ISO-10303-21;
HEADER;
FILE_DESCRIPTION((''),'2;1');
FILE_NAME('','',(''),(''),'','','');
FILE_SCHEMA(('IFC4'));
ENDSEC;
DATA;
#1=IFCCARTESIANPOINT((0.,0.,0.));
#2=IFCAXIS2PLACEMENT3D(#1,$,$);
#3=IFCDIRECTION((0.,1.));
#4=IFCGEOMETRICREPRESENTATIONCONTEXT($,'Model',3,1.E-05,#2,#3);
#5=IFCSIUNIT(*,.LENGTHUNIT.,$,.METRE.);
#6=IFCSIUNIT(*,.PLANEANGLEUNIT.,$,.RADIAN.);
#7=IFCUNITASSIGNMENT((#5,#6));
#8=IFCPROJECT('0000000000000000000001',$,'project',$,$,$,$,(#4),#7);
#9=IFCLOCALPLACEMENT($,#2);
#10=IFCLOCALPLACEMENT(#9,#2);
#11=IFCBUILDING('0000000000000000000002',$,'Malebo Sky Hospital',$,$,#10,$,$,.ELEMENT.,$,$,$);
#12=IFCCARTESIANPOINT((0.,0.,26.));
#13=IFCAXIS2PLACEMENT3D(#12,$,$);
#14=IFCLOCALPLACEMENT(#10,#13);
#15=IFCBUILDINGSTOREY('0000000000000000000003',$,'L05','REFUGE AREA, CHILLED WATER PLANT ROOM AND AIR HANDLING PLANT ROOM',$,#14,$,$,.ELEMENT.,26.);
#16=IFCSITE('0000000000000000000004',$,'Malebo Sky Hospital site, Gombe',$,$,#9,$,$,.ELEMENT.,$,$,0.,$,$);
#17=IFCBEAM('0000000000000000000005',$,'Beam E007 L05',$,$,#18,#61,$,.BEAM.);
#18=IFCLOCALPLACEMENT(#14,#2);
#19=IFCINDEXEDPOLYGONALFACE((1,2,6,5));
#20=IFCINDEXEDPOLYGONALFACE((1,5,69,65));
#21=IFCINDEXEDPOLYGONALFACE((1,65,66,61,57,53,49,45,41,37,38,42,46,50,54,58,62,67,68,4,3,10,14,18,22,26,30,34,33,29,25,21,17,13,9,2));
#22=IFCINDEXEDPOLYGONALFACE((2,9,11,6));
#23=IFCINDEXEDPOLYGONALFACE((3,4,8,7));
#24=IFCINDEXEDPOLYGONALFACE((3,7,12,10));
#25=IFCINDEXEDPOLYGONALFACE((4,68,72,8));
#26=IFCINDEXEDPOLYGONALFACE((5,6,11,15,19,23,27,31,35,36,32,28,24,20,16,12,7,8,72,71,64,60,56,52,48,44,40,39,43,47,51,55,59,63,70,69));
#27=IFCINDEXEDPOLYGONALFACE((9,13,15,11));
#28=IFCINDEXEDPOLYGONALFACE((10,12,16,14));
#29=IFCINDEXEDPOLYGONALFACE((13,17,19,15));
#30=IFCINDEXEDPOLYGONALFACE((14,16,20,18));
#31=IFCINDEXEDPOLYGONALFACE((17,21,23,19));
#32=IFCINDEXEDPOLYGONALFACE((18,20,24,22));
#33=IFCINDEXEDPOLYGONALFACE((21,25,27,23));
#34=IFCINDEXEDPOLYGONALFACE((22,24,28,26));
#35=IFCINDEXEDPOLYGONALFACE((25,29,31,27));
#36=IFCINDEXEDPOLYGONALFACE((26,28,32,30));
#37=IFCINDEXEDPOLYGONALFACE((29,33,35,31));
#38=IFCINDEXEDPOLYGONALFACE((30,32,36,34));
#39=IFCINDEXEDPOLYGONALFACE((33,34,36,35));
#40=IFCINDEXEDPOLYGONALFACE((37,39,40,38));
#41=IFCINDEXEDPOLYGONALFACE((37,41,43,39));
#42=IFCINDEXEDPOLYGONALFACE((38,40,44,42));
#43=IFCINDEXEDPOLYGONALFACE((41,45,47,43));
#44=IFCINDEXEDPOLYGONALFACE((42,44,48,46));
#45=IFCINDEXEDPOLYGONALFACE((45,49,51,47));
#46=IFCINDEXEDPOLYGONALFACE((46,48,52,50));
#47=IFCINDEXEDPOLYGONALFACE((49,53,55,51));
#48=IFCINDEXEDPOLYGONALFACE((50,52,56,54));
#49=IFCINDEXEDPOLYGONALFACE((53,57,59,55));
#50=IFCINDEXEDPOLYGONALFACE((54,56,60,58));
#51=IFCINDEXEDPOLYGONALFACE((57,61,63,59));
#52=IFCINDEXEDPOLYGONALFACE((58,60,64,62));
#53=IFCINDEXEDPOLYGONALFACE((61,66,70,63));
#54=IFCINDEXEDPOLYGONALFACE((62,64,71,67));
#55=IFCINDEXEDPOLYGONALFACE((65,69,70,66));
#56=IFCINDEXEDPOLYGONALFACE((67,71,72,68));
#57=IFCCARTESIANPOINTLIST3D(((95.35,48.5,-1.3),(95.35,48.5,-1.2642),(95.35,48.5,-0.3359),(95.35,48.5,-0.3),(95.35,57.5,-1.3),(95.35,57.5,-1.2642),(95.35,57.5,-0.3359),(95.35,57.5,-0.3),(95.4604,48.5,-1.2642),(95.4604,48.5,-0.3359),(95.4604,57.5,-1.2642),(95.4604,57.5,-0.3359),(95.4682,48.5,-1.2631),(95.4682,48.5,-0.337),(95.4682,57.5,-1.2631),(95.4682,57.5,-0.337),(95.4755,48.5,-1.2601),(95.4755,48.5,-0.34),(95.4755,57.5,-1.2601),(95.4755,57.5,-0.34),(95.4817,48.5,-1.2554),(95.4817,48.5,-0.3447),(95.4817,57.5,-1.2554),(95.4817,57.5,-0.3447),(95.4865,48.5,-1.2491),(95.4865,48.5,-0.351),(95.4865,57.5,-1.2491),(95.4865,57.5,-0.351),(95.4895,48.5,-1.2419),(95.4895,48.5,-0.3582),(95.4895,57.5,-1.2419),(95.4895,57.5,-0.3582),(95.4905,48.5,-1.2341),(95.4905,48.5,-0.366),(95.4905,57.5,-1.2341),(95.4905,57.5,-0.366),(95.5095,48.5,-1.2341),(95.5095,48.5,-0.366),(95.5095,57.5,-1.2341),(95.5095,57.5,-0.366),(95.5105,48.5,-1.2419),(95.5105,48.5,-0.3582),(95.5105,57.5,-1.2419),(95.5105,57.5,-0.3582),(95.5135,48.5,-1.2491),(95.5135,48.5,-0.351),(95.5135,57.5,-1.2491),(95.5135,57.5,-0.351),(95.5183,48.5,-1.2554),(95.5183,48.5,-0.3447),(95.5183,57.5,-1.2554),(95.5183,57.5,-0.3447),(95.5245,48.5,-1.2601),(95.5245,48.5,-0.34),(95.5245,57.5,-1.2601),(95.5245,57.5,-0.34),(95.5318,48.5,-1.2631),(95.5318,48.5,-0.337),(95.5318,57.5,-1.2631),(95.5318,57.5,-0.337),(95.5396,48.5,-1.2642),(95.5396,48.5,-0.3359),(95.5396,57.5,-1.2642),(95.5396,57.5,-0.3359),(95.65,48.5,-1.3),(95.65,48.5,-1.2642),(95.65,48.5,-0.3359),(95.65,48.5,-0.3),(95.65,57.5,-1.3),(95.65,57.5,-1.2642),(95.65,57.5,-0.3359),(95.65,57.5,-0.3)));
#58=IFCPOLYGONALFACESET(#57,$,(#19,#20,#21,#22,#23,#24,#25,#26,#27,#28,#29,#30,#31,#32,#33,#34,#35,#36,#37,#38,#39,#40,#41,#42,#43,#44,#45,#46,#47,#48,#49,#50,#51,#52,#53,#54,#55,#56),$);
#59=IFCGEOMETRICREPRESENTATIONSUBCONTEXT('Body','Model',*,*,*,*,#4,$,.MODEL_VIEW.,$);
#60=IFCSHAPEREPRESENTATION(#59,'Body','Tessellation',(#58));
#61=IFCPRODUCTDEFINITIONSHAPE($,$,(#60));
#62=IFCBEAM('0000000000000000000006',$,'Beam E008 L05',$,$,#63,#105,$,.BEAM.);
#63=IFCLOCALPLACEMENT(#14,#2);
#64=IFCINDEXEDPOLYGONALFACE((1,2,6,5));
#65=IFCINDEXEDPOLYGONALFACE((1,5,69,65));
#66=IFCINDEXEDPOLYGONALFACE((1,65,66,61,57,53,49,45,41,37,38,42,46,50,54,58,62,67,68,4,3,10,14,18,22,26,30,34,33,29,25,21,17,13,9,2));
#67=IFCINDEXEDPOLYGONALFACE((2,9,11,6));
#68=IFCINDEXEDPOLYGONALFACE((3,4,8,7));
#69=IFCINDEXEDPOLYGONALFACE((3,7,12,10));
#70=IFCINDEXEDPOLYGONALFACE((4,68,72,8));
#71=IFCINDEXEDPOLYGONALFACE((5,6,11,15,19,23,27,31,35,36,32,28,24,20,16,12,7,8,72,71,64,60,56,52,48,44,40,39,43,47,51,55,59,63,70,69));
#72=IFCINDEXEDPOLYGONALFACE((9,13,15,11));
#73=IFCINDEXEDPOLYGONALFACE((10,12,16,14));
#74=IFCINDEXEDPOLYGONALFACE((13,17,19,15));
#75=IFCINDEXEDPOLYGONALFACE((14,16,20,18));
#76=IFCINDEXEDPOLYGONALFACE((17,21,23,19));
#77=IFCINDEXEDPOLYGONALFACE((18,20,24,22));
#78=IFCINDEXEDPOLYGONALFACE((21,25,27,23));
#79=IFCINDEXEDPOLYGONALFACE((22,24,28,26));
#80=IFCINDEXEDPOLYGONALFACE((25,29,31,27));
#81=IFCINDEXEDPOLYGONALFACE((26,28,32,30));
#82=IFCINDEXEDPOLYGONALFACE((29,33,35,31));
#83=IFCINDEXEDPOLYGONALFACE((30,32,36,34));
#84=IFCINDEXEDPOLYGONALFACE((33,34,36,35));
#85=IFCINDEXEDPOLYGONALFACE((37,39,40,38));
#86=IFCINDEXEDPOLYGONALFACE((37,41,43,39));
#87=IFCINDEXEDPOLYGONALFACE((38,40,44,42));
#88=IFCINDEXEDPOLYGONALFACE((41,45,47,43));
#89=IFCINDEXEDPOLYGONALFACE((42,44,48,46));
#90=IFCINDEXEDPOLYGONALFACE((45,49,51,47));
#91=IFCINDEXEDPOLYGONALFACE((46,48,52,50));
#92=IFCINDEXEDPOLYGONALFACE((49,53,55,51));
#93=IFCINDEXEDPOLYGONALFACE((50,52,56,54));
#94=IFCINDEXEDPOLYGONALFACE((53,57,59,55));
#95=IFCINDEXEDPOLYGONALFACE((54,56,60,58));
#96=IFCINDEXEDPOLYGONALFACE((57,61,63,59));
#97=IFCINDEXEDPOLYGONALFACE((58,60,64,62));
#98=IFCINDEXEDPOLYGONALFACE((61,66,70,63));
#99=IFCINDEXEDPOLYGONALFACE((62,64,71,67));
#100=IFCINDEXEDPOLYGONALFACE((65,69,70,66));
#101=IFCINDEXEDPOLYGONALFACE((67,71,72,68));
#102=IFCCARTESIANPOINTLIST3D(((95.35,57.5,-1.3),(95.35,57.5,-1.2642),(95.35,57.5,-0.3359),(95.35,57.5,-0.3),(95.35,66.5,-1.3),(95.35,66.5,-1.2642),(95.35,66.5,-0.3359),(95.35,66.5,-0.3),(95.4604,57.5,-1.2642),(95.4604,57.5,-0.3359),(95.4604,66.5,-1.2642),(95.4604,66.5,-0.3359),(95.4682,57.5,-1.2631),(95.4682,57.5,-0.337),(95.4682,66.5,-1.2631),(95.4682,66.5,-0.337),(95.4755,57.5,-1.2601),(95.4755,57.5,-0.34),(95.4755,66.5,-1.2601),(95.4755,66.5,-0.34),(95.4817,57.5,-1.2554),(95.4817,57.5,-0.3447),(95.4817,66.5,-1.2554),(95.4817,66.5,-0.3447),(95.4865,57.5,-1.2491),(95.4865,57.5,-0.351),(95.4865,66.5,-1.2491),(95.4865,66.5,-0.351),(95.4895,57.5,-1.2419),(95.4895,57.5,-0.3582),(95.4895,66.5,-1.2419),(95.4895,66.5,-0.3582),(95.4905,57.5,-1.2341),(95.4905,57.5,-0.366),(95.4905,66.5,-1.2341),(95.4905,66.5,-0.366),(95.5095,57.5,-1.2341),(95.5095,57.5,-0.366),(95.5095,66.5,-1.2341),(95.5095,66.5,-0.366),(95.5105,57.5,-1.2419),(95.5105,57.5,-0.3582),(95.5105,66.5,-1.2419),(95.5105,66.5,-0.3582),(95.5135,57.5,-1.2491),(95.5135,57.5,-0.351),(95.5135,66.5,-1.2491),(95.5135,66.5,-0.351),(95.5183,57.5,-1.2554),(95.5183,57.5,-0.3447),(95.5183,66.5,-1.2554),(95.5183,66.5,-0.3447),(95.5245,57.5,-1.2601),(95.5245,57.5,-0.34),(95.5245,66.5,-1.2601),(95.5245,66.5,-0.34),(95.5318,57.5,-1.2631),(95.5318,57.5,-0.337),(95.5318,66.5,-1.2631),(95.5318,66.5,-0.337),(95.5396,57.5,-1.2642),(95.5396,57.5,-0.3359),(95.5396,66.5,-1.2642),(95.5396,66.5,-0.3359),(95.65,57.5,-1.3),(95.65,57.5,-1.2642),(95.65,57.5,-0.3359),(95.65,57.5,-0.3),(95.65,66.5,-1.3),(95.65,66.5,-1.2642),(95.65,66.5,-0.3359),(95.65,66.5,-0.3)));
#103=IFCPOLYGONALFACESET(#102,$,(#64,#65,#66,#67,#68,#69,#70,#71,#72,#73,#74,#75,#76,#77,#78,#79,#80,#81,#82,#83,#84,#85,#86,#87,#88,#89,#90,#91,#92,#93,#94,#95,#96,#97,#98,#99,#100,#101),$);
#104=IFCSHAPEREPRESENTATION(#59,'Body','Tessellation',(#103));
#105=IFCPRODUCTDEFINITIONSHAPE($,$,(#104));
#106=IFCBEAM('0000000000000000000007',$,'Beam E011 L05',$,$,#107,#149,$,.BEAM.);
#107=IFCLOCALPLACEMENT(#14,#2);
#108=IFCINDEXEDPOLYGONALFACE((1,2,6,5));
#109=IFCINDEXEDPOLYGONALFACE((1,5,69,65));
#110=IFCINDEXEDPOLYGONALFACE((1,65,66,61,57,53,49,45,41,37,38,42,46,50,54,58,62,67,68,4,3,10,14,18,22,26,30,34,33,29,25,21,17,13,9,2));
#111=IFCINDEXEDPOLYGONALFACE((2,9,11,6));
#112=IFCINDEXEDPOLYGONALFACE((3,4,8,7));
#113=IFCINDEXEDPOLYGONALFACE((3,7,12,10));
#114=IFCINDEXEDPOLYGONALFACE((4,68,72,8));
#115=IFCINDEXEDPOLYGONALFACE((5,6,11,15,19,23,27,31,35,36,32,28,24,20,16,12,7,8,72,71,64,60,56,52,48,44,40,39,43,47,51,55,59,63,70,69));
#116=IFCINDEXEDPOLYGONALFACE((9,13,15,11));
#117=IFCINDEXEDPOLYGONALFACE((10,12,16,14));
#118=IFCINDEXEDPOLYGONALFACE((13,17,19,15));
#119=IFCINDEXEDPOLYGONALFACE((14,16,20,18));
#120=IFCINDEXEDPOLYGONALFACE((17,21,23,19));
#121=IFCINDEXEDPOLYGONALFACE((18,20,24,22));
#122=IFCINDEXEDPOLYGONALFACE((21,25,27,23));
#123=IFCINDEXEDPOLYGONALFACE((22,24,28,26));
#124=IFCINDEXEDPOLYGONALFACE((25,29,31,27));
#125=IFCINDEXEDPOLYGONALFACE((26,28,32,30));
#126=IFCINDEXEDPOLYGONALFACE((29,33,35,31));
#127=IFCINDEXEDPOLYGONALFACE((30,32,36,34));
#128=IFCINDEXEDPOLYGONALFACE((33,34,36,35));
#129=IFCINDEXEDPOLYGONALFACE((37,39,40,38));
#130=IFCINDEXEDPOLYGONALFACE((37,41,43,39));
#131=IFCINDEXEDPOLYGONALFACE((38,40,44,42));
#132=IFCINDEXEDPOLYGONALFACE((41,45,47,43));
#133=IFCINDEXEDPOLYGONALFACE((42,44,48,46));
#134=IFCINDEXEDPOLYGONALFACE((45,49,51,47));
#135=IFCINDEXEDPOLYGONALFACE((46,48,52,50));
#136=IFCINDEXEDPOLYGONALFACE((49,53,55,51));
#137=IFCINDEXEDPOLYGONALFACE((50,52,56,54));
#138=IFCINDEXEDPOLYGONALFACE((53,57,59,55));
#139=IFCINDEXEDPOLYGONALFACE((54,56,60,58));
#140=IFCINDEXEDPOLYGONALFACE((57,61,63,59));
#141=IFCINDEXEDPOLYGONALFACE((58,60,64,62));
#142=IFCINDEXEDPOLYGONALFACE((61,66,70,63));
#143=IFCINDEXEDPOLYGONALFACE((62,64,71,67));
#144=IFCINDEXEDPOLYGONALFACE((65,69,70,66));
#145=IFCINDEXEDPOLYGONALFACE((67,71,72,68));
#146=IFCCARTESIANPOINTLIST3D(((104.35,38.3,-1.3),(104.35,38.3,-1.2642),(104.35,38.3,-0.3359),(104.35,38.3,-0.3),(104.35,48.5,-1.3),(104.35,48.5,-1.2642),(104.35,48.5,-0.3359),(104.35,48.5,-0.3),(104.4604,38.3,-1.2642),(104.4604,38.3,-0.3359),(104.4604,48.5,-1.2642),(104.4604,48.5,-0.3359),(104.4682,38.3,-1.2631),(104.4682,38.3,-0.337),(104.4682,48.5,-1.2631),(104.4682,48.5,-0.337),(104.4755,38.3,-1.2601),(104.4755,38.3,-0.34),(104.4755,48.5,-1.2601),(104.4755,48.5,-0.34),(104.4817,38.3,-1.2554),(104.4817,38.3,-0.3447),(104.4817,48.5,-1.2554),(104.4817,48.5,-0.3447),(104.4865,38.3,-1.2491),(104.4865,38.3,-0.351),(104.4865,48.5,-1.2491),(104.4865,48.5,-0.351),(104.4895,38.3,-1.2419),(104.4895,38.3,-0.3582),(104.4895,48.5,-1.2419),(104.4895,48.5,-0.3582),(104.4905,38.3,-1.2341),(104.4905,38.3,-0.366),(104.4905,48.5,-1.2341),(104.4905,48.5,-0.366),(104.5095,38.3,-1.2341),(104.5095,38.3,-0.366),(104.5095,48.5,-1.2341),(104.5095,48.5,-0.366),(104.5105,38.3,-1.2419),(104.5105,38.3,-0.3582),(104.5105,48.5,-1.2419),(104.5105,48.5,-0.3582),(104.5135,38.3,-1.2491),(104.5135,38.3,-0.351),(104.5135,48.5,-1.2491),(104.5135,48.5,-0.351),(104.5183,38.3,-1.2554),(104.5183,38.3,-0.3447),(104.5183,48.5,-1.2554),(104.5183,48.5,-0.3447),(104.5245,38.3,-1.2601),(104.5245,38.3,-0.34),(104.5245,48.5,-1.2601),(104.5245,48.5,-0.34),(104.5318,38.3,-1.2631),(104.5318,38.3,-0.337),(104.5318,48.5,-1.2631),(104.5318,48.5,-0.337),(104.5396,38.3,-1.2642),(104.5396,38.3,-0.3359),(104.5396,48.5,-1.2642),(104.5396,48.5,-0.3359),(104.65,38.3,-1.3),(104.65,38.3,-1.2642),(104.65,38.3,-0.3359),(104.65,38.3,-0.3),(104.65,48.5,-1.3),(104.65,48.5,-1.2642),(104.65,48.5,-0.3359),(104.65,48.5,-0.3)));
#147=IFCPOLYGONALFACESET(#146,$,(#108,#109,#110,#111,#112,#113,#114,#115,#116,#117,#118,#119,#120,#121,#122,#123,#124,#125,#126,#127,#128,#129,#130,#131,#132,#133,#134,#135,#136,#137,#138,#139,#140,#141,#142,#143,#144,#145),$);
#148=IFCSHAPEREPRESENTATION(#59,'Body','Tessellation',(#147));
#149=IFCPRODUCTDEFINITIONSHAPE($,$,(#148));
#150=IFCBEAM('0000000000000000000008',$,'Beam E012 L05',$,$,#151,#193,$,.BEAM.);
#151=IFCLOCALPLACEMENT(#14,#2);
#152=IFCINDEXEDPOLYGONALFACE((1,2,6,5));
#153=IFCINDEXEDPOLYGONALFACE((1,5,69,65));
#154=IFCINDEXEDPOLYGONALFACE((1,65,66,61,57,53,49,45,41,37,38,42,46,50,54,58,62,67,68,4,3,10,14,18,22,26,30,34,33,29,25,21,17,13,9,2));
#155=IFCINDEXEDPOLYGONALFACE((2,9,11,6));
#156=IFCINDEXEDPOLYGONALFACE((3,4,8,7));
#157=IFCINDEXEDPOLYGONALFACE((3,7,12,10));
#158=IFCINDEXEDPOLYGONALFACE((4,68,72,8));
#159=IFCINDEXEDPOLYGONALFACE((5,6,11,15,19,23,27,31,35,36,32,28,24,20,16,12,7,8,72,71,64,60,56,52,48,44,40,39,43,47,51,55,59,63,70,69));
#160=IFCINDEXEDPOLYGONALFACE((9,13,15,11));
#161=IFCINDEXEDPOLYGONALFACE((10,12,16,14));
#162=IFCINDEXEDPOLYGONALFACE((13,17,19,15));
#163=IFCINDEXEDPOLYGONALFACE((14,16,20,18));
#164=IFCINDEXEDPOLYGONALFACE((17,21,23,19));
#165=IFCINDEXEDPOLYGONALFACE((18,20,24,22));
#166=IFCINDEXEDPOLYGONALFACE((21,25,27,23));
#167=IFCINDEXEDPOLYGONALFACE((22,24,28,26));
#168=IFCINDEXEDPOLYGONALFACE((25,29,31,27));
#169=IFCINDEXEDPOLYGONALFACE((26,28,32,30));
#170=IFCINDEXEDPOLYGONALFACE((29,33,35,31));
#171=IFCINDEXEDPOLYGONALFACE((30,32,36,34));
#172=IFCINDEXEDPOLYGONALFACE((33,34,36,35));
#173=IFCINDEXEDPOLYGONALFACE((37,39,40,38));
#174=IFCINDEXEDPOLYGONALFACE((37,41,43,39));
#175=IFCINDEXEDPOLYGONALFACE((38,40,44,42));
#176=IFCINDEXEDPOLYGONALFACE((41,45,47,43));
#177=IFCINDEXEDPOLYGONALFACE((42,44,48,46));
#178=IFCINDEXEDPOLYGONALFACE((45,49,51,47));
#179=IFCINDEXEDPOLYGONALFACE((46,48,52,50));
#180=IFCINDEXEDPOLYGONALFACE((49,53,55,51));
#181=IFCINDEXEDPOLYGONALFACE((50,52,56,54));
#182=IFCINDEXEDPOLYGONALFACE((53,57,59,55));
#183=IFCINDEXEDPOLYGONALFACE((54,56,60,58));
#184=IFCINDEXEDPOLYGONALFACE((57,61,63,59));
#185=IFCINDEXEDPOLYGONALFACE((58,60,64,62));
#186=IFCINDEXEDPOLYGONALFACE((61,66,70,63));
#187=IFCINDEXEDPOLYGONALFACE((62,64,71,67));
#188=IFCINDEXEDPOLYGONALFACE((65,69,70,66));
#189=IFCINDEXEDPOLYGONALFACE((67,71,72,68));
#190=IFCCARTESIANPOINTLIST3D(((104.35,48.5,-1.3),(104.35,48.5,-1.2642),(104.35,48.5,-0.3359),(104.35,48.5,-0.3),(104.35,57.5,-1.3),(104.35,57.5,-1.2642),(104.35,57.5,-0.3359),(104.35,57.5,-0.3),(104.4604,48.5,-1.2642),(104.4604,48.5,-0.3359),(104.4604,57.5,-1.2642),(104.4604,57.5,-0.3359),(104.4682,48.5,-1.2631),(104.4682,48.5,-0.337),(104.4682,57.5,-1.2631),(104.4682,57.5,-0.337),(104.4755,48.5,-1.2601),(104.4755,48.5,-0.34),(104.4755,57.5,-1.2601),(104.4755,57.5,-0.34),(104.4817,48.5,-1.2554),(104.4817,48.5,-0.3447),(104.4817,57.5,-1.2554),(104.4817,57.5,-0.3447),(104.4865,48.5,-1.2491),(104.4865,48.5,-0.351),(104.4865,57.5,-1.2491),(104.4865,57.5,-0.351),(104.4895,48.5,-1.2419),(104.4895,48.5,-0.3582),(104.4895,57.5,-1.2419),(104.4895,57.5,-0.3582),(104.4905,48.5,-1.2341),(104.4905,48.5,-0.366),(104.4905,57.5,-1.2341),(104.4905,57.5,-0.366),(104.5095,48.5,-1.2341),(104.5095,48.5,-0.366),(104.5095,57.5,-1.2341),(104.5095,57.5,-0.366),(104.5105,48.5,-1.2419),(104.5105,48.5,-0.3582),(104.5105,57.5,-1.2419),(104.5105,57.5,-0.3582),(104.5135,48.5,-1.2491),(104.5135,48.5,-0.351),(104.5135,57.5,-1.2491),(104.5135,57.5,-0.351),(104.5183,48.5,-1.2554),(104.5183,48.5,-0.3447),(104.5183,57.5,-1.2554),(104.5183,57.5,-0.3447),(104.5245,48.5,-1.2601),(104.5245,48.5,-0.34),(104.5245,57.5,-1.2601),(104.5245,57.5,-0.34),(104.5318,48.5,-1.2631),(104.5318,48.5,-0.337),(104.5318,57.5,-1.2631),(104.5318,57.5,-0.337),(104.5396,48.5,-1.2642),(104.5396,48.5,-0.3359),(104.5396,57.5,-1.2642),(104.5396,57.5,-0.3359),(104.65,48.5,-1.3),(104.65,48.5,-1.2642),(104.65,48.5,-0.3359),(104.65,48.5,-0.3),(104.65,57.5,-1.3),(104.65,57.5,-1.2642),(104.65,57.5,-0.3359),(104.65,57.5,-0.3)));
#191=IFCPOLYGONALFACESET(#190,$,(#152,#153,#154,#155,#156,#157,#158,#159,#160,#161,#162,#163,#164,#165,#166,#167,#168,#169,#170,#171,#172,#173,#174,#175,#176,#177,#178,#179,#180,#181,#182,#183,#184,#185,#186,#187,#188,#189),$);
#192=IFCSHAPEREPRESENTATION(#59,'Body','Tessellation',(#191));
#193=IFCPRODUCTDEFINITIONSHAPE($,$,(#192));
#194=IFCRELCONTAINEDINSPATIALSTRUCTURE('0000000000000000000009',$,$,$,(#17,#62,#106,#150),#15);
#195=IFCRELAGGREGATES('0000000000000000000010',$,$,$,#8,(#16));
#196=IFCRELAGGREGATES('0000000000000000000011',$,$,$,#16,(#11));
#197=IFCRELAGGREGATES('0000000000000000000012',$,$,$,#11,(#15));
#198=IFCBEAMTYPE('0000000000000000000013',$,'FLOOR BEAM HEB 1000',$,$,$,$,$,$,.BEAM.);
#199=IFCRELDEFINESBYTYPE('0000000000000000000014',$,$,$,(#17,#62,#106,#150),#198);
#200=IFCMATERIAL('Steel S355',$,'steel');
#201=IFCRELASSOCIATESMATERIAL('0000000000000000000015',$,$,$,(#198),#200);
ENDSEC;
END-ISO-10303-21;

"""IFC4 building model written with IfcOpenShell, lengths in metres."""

from ifc_helpers import new_model, si_unit, direction, frame, origin, origin_2d, place, context, subcontext, project, spatial, i_section, extrude, material, material_profile, profile_set, type_object, element, save


model = new_model("IFC4")

# Units and contexts
model_context = context("Model", 3, precision=1e-05, world=origin(), true_north=direction((0.0, 1.0)))
body_context = subcontext(model_context, "Body", "Model", "MODEL_VIEW")
ifc_project = project(units=[si_unit("LENGTHUNIT", "METRE"), si_unit("PLANEANGLEUNIT", "RADIAN")], contexts=[model_context])

# Site, building, storey
site_placement = place(None, origin())
site = spatial("IfcSite", under=ifc_project, at=site_placement, Name="Malebo Sky Hospital site, Gombe", CompositionType="ELEMENT", RefElevation=0.0)
building_placement = place(site_placement, origin())
building = spatial("IfcBuilding", under=site, at=building_placement, Name="Malebo Sky Hospital", CompositionType="ELEMENT")
storey_placement = place(building_placement, frame((0.0, 0.0, 26.0)))
storey = spatial("IfcBuildingStorey", under=building, at=storey_placement, Name="L05", Description="REFUGE AREA, CHILLED WATER PLANT ROOM AND AIR HANDLING PLANT ROOM", CompositionType="ELEMENT", Elevation=26.0)

# Beams
ifc_material_1 = material(Name="Steel S355", Category="steel")
ifc_material_profile_1 = material_profile(ifc_material_1, i_section(OverallWidth=0.3, OverallDepth=1.0, WebThickness=0.019, FlangeThickness=0.0359, FilletRadius=0.03, at=origin_2d()), Name="HEB 1000")
ifc_profile_set_1 = profile_set([ifc_material_profile_1], Name="Steel S355")
beam_type_1 = type_object("IfcBeamType", Name="FLOOR BEAM HEB 1000", PredefinedType="BEAM", material=ifc_profile_set_1)
for number, where, z_axis, x_axis, name in (
    (1, (95.5, 48.5, -0.8), (0.0, 1.0, 0.0), (-1.0, 0.0, 0.0), "Beam E007 L05"),
    (2, (95.5, 57.5, -0.8), (0.0, 1.0, 0.0), (-1.0, 0.0, 0.0), "Beam E008 L05"),
):
    element("IfcBeam", number, at=place(storey_placement, frame(where, z_axis=z_axis, x_axis=x_axis)), inside=storey, type_object=beam_type_1, Name=name, PredefinedType="BEAM", context=body_context, shape_type="SweptSolid", body=[
        extrude(i_section(OverallWidth=0.3, OverallDepth=1.0, WebThickness=0.019, FlangeThickness=0.0359, FilletRadius=0.03, at=origin_2d()), origin(), (0.0, 0.0, 1.0), 9.0),
    ])
beam_1_placement = place(storey_placement, frame((104.5, 38.3, -0.8), z_axis=(0.0, 1.0, 0.0), x_axis=(-1.0, 0.0, 0.0)))
element("IfcBeam", 3, at=beam_1_placement, inside=storey, type_object=beam_type_1, Name="Beam E011 L05", PredefinedType="BEAM", context=body_context, shape_type="SweptSolid", body=[
    extrude(i_section(OverallWidth=0.3, OverallDepth=1.0, WebThickness=0.019, FlangeThickness=0.0359, FilletRadius=0.03, at=origin_2d()), origin(), (0.0, 0.0, 1.0), 10.2),
])
for number, where, z_axis, x_axis, name in (
    (4, (104.5, 48.5, -0.8), (0.0, 1.0, 0.0), (-1.0, 0.0, 0.0), "Beam E012 L05"),
):
    element("IfcBeam", number, at=place(storey_placement, frame(where, z_axis=z_axis, x_axis=x_axis)), inside=storey, type_object=beam_type_1, Name=name, PredefinedType="BEAM", context=body_context, shape_type="SweptSolid", body=[
        extrude(i_section(OverallWidth=0.3, OverallDepth=1.0, WebThickness=0.019, FlangeThickness=0.0359, FilletRadius=0.03, at=origin_2d()), origin(), (0.0, 0.0, 1.0), 9.0),
    ])

save(model, "model.ifc")
